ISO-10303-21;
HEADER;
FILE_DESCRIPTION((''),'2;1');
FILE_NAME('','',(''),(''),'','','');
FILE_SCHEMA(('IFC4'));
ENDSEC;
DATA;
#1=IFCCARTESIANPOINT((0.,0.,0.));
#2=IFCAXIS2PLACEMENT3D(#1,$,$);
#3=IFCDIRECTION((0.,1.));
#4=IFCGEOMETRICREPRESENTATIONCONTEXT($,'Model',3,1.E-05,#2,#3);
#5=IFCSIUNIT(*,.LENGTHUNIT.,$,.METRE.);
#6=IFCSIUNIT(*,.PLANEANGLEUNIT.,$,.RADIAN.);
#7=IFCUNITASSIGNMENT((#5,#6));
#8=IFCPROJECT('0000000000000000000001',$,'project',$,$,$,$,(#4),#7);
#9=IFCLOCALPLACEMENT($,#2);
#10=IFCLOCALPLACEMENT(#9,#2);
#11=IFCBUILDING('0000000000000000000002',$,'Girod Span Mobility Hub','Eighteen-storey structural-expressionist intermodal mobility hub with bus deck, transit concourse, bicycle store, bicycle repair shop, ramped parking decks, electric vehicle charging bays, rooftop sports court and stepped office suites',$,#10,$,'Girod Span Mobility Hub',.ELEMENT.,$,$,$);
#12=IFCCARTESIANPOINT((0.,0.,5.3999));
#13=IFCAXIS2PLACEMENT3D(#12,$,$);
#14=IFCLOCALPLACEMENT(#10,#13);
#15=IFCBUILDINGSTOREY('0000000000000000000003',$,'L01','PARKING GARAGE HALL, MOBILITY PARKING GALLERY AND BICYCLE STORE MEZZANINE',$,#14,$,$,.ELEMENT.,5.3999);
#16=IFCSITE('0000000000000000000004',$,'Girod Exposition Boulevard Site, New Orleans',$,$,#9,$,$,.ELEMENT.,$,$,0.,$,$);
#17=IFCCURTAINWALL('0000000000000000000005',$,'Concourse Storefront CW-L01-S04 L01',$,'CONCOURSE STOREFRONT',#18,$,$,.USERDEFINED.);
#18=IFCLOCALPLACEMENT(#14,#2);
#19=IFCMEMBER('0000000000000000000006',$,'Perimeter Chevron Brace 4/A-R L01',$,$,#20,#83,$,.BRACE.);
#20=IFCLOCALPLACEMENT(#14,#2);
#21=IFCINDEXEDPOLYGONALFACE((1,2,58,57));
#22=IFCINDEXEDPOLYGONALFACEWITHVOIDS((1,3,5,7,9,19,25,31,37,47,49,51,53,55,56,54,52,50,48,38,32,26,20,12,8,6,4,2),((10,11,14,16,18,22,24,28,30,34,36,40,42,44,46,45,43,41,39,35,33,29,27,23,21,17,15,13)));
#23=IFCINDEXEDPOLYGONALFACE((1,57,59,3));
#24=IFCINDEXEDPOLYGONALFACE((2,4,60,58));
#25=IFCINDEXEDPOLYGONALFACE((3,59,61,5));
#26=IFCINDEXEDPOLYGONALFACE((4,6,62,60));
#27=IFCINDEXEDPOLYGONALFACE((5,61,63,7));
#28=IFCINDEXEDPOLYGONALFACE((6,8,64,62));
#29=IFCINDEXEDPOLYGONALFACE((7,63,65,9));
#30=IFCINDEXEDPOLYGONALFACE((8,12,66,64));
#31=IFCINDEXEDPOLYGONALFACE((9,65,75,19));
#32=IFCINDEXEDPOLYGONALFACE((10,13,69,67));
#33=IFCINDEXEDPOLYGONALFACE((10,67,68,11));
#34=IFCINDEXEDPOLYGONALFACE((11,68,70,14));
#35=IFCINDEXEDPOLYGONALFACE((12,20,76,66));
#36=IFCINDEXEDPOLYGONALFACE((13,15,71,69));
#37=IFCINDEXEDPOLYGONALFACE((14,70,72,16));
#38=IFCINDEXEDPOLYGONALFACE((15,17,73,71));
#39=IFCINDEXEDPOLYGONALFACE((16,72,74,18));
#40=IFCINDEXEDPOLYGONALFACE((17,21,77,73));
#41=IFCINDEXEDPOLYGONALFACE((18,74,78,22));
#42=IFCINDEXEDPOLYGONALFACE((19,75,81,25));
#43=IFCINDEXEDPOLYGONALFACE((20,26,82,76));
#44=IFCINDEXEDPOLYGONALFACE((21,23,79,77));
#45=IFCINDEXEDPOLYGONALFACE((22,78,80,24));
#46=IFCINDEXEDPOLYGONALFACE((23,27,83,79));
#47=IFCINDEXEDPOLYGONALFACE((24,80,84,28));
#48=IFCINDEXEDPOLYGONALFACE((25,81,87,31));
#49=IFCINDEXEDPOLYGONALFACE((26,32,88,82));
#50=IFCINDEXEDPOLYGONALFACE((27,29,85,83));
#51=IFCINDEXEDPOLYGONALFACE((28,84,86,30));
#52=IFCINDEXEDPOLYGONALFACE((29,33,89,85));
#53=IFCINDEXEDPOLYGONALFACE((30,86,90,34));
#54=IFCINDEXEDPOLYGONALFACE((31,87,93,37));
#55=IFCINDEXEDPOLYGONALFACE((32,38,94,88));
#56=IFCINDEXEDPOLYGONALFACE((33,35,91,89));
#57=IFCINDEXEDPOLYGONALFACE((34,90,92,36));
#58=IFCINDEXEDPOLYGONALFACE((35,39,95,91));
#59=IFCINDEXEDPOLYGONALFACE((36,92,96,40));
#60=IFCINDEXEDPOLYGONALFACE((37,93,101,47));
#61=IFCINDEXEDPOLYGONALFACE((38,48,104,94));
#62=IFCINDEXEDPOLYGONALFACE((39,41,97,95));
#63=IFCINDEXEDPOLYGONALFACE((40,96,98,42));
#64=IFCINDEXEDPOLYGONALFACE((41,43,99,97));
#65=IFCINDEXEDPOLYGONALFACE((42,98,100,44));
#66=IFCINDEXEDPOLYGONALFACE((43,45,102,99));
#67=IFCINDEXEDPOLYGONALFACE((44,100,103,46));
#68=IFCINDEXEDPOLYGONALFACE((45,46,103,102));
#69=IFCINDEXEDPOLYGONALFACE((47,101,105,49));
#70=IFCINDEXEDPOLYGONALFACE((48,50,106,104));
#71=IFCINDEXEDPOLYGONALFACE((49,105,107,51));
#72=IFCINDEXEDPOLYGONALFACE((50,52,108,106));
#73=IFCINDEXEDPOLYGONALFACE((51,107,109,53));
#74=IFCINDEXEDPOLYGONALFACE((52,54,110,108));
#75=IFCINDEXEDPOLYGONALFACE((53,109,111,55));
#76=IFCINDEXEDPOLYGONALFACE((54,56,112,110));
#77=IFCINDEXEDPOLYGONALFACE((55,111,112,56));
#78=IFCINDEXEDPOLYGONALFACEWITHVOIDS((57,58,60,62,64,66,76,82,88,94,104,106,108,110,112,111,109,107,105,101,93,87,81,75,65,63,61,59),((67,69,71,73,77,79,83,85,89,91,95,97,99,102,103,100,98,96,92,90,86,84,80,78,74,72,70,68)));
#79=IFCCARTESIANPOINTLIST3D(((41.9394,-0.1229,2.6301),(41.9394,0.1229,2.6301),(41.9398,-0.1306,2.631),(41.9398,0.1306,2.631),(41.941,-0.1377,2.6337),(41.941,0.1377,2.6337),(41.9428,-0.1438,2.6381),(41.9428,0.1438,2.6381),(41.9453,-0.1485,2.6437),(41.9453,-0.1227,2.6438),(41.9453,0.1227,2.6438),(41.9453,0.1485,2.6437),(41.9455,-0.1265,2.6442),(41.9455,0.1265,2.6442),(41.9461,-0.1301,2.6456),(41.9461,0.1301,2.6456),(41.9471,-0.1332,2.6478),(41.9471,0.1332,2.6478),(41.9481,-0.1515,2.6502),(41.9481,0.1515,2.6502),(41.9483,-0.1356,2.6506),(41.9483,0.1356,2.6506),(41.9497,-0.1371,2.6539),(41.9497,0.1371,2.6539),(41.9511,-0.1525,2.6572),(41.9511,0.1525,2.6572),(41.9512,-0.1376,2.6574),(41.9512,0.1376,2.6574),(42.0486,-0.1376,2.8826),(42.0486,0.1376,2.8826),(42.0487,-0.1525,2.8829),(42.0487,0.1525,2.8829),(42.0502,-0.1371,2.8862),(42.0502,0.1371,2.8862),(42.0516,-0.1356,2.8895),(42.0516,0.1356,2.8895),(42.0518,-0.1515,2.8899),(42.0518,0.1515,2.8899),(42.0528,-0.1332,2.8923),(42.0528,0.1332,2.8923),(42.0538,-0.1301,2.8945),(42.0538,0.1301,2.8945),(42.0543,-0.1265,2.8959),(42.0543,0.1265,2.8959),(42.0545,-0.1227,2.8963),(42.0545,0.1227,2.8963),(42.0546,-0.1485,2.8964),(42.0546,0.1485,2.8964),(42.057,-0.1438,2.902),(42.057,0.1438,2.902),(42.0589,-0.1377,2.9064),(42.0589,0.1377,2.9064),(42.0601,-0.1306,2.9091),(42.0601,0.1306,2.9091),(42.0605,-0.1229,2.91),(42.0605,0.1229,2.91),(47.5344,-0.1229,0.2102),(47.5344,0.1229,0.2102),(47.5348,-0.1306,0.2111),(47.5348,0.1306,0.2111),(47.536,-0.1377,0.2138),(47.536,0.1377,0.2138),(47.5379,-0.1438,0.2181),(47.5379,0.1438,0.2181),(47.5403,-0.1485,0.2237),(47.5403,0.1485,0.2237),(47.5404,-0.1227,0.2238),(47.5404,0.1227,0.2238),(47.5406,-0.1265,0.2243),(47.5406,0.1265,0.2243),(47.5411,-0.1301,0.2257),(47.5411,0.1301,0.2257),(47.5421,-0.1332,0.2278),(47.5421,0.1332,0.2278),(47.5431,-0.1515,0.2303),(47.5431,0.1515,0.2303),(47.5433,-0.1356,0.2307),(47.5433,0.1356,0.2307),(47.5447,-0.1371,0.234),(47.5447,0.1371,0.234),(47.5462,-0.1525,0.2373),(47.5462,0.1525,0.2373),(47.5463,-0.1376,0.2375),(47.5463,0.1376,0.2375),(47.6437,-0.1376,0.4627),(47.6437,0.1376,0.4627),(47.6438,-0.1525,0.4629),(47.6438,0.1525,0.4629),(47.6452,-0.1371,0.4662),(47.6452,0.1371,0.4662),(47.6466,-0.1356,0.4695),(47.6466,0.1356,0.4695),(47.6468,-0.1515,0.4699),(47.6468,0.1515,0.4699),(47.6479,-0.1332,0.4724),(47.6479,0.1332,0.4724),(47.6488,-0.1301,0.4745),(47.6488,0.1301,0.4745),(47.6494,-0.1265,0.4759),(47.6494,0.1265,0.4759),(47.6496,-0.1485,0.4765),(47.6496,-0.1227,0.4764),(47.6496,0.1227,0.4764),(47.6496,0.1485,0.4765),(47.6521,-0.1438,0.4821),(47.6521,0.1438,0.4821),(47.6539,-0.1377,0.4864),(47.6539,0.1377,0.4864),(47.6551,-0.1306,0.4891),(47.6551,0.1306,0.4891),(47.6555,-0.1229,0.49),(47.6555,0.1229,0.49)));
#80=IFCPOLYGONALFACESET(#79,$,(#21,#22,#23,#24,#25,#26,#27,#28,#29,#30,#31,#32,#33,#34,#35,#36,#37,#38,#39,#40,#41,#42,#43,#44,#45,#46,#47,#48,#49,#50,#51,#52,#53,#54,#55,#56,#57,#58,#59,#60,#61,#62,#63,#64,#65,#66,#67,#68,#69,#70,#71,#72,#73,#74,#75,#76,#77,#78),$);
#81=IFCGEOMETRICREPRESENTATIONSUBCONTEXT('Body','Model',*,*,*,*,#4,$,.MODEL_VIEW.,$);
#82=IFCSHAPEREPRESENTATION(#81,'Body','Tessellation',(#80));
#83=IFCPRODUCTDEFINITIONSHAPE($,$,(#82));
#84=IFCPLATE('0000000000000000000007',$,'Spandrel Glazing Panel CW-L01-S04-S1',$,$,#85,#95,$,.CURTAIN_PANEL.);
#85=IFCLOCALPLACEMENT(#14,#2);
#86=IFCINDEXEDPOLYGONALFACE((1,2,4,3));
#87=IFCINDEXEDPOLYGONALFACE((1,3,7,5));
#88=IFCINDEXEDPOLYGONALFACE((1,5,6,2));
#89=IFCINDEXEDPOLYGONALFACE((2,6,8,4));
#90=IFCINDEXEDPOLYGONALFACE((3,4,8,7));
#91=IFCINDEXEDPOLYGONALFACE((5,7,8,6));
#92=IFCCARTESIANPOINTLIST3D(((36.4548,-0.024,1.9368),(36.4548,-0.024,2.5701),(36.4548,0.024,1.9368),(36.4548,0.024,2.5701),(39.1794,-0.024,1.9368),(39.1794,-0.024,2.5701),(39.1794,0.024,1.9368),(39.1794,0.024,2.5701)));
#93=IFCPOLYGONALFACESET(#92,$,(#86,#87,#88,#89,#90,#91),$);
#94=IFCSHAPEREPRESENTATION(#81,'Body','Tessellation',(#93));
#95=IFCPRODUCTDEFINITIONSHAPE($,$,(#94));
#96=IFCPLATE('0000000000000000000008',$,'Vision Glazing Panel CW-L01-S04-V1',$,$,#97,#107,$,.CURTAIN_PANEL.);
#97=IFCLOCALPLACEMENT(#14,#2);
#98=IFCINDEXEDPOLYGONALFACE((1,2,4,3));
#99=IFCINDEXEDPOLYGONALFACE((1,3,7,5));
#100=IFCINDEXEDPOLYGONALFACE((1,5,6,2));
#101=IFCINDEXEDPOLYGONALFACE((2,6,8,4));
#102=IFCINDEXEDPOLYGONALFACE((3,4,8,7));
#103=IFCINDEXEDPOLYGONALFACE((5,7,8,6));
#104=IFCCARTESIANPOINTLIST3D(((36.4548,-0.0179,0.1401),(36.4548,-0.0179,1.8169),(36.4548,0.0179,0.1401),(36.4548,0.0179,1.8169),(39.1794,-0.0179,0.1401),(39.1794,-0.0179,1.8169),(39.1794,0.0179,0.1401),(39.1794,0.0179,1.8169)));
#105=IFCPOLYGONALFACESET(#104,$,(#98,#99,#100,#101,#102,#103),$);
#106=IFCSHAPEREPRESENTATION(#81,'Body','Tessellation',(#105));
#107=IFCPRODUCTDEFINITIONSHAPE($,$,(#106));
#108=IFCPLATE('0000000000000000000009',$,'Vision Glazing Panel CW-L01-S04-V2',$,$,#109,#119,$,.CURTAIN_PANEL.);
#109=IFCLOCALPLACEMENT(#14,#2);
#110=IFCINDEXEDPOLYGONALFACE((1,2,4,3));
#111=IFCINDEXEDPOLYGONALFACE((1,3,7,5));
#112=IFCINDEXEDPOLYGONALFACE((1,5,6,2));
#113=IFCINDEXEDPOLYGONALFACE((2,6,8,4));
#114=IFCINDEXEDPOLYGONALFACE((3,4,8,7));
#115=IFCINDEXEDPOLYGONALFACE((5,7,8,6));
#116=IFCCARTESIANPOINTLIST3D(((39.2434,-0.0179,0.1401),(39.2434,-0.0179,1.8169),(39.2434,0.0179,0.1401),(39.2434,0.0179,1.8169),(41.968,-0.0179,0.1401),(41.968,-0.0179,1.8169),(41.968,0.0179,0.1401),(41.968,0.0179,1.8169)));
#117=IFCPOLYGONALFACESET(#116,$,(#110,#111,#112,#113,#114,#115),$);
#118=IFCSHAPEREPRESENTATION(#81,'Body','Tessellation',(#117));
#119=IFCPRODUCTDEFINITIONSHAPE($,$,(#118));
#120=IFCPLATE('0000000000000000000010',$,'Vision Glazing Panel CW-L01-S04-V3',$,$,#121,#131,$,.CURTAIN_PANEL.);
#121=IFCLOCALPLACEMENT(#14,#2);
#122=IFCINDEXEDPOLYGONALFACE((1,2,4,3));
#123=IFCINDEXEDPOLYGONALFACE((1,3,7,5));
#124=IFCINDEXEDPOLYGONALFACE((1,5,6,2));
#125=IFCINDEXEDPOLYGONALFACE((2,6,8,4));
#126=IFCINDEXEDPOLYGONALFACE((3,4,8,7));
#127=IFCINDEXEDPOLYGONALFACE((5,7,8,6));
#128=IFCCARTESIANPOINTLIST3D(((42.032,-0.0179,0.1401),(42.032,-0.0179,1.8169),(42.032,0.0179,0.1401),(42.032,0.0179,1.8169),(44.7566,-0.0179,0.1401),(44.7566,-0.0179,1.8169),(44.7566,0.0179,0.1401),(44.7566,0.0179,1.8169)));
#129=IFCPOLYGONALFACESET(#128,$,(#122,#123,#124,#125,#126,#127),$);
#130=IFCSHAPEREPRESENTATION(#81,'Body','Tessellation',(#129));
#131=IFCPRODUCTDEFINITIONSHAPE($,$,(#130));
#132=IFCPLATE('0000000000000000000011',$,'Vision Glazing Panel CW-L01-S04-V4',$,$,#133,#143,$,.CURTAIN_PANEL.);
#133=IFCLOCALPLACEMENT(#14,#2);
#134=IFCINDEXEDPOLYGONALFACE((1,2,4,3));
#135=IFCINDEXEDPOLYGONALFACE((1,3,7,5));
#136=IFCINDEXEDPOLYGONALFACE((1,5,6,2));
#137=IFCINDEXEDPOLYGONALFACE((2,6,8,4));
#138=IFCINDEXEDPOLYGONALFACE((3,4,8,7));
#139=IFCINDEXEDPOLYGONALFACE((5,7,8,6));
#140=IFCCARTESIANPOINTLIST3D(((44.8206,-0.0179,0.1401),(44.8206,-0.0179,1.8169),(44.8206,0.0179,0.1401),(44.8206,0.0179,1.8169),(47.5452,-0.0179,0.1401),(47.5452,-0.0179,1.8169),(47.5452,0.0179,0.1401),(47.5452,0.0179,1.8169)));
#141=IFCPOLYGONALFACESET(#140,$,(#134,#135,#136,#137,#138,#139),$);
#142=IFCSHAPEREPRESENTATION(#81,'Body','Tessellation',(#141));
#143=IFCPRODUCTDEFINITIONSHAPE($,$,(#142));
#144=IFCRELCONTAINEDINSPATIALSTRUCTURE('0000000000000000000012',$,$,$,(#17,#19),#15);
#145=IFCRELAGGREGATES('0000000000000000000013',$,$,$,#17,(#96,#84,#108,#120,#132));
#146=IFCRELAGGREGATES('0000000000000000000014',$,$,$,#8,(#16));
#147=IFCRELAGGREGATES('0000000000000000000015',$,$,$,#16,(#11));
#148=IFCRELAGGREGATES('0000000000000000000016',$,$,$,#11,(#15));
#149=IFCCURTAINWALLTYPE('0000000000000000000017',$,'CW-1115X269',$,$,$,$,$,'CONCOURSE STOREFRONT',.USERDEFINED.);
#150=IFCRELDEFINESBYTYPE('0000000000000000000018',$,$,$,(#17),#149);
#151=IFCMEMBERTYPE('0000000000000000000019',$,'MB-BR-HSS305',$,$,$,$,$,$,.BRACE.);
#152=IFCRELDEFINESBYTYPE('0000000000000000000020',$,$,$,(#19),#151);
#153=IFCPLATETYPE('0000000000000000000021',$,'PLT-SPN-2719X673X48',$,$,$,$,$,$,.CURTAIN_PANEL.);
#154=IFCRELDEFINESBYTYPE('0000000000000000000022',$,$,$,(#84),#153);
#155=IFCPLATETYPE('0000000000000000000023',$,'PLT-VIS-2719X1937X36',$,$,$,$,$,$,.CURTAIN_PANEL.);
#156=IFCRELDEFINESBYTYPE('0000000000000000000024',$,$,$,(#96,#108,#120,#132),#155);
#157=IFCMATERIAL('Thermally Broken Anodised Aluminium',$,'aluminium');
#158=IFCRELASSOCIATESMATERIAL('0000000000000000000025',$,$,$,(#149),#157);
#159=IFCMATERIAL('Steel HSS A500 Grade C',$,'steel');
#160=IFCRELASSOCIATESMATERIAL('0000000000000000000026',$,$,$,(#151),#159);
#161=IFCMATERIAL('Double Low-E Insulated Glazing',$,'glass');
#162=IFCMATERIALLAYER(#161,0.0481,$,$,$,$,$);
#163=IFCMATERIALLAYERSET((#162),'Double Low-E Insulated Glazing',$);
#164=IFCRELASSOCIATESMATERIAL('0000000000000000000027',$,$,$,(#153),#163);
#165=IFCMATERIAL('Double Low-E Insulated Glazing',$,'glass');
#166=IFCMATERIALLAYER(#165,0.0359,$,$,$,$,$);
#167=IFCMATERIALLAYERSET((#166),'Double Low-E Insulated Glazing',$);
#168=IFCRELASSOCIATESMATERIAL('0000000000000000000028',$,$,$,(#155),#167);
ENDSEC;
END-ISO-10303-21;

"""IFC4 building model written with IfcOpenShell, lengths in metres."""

from ifc_helpers import new_model, si_unit, direction, frame, origin, origin_2d, place, context, subcontext, project, spatial, rectangle, hollow_rectangle, extrude, material, layer, layer_set, material_profile, profile_set, type_object, element, aggregate, save


model = new_model("IFC4")

# Units and contexts
model_context = context("Model", 3, precision=1e-05, world=origin(), true_north=direction((0.0, 1.0)))
body_context = subcontext(model_context, "Body", "Model", "MODEL_VIEW")
ifc_project = project(units=[si_unit("LENGTHUNIT", "METRE"), si_unit("PLANEANGLEUNIT", "RADIAN")], contexts=[model_context])

# Site, building, storey
site_placement = place(None, origin())
site = spatial("IfcSite", under=ifc_project, at=site_placement, Name="Girod Exposition Boulevard Site, New Orleans", CompositionType="ELEMENT", RefElevation=0.0)
building_placement = place(site_placement, origin())
building = spatial("IfcBuilding", under=site, at=building_placement, Name="Girod Span Mobility Hub", Description="Eighteen-storey structural-expressionist intermodal mobility hub with bus deck, transit concourse, bicycle store, bicycle repair shop, ramped parking decks, electric vehicle charging bays, rooftop sports court and stepped office suites", LongName="Girod Span Mobility Hub", CompositionType="ELEMENT")
storey_placement = place(building_placement, frame((0.0, 0.0, 5.3999)))
storey = spatial("IfcBuildingStorey", under=building, at=storey_placement, Name="L01", Description="PARKING GARAGE HALL, MOBILITY PARKING GALLERY AND BICYCLE STORE MEZZANINE", CompositionType="ELEMENT", Elevation=5.3999)

# Curtain wall
ifc_material_1 = material(Name="Thermally Broken Anodised Aluminium", Category="aluminium")
curtain_wall_type = type_object("IfcCurtainWallType", Name="CW-1115X269", ElementType="CONCOURSE STOREFRONT", PredefinedType="USERDEFINED", material=ifc_material_1)
curtain_wall_placement = place(storey_placement, origin())
curtain_wall = element("IfcCurtainWall", 1, at=curtain_wall_placement, inside=storey, type_object=curtain_wall_type, Name="Concourse Storefront CW-L01-S04 L01", ObjectType="CONCOURSE STOREFRONT", PredefinedType="USERDEFINED")

# Member
ifc_material_2 = material(Name="Steel HSS A500 Grade C", Category="steel")
ifc_material_profile_1 = material_profile(ifc_material_2, hollow_rectangle(XDim=0.3049, YDim=0.3049, WallThickness=0.0149, InnerFilletRadius=0.0149, OuterFilletRadius=0.0295, at=origin_2d()), Name="HSS305X305X16")
ifc_profile_set_1 = profile_set([ifc_material_profile_1], Name="Steel HSS A500 Grade C")
member_type_1 = type_object("IfcMemberType", Name="MB-BR-HSS305", PredefinedType="BRACE", material=ifc_profile_set_1)
member_1_placement = place(storey_placement, frame((47.595, 0.0, 0.3501), z_axis=(-0.917829, 0.0, 0.396977), x_axis=(0.0, -1.0, 0.0)))
element("IfcMember", 2, at=member_1_placement, inside=storey, type_object=member_type_1, Name="Perimeter Chevron Brace 4/A-R L01", PredefinedType="BRACE", context=body_context, shape_type="SweptSolid", body=[
    extrude(hollow_rectangle(XDim=0.3049, YDim=0.3049, WallThickness=0.0149, InnerFilletRadius=0.0149, OuterFilletRadius=0.0295, at=origin_2d()), origin(), (0.0, 0.0, 1.0), 6.0959),
])

# Plates
ifc_material_3 = material(Name="Double Low-E Insulated Glazing", Category="glass")
ifc_layer_1 = layer(ifc_material_3, 0.0481)
ifc_layer_set_1 = layer_set([ifc_layer_1], Name="Double Low-E Insulated Glazing")
plate_type_1 = type_object("IfcPlateType", Name="PLT-SPN-2719X673X48", PredefinedType="CURTAIN_PANEL", material=ifc_layer_set_1)
plate_1_placement = place(storey_placement, frame((37.8171, 0.0, 1.9368), z_axis=(0.0, 0.0, 1.0), x_axis=(1.0, 0.0, 0.0)))
plate_1 = element("IfcPlate", 3, at=plate_1_placement, type_object=plate_type_1, Name="Spandrel Glazing Panel CW-L01-S04-S1", PredefinedType="CURTAIN_PANEL", context=body_context, shape_type="SweptSolid", body=[
    extrude(rectangle(XDim=2.7246, YDim=0.0481, at=origin_2d()), origin(), (0.0, 0.0, 1.0), 0.6333),
])
ifc_material_4 = material(Name="Double Low-E Insulated Glazing", Category="glass")
ifc_layer_2 = layer(ifc_material_4, 0.0359)
ifc_layer_set_2 = layer_set([ifc_layer_2], Name="Double Low-E Insulated Glazing")
plate_type_2 = type_object("IfcPlateType", Name="PLT-VIS-2719X1937X36", PredefinedType="CURTAIN_PANEL", material=ifc_layer_set_2)
plate_2_placement = place(storey_placement, frame((37.8171, 0.0, 0.1401), z_axis=(0.0, 0.0, 1.0), x_axis=(1.0, 0.0, 0.0)))
plate_2 = element("IfcPlate", 4, at=plate_2_placement, type_object=plate_type_2, Name="Vision Glazing Panel CW-L01-S04-V1", PredefinedType="CURTAIN_PANEL", context=body_context, shape_type="SweptSolid", body=[
    extrude(rectangle(XDim=2.7246, YDim=0.0359, at=origin_2d()), origin(), (0.0, 0.0, 1.0), 1.6768),
])
plate_3_placement = place(storey_placement, frame((40.6057, 0.0, 0.1401), z_axis=(0.0, 0.0, 1.0), x_axis=(1.0, 0.0, 0.0)))
plate_3 = element("IfcPlate", 5, at=plate_3_placement, type_object=plate_type_2, Name="Vision Glazing Panel CW-L01-S04-V2", PredefinedType="CURTAIN_PANEL", context=body_context, shape_type="SweptSolid", body=[
    extrude(rectangle(XDim=2.7246, YDim=0.0359, at=origin_2d()), origin(), (0.0, 0.0, 1.0), 1.6768),
])
plate_4_placement = place(storey_placement, frame((43.3943, 0.0, 0.1401), z_axis=(0.0, 0.0, 1.0), x_axis=(1.0, 0.0, 0.0)))
plate_4 = element("IfcPlate", 6, at=plate_4_placement, type_object=plate_type_2, Name="Vision Glazing Panel CW-L01-S04-V3", PredefinedType="CURTAIN_PANEL", context=body_context, shape_type="SweptSolid", body=[
    extrude(rectangle(XDim=2.7246, YDim=0.0359, at=origin_2d()), origin(), (0.0, 0.0, 1.0), 1.6768),
])
plate_5_placement = place(storey_placement, frame((46.1829, 0.0, 0.1401), z_axis=(0.0, 0.0, 1.0), x_axis=(1.0, 0.0, 0.0)))
plate_5 = element("IfcPlate", 7, at=plate_5_placement, type_object=plate_type_2, Name="Vision Glazing Panel CW-L01-S04-V4", PredefinedType="CURTAIN_PANEL", context=body_context, shape_type="SweptSolid", body=[
    extrude(rectangle(XDim=2.7246, YDim=0.0359, at=origin_2d()), origin(), (0.0, 0.0, 1.0), 1.6768),
])
aggregate(curtain_wall, [plate_2, plate_1, plate_3, plate_4, plate_5])

save(model, "model.ifc")
